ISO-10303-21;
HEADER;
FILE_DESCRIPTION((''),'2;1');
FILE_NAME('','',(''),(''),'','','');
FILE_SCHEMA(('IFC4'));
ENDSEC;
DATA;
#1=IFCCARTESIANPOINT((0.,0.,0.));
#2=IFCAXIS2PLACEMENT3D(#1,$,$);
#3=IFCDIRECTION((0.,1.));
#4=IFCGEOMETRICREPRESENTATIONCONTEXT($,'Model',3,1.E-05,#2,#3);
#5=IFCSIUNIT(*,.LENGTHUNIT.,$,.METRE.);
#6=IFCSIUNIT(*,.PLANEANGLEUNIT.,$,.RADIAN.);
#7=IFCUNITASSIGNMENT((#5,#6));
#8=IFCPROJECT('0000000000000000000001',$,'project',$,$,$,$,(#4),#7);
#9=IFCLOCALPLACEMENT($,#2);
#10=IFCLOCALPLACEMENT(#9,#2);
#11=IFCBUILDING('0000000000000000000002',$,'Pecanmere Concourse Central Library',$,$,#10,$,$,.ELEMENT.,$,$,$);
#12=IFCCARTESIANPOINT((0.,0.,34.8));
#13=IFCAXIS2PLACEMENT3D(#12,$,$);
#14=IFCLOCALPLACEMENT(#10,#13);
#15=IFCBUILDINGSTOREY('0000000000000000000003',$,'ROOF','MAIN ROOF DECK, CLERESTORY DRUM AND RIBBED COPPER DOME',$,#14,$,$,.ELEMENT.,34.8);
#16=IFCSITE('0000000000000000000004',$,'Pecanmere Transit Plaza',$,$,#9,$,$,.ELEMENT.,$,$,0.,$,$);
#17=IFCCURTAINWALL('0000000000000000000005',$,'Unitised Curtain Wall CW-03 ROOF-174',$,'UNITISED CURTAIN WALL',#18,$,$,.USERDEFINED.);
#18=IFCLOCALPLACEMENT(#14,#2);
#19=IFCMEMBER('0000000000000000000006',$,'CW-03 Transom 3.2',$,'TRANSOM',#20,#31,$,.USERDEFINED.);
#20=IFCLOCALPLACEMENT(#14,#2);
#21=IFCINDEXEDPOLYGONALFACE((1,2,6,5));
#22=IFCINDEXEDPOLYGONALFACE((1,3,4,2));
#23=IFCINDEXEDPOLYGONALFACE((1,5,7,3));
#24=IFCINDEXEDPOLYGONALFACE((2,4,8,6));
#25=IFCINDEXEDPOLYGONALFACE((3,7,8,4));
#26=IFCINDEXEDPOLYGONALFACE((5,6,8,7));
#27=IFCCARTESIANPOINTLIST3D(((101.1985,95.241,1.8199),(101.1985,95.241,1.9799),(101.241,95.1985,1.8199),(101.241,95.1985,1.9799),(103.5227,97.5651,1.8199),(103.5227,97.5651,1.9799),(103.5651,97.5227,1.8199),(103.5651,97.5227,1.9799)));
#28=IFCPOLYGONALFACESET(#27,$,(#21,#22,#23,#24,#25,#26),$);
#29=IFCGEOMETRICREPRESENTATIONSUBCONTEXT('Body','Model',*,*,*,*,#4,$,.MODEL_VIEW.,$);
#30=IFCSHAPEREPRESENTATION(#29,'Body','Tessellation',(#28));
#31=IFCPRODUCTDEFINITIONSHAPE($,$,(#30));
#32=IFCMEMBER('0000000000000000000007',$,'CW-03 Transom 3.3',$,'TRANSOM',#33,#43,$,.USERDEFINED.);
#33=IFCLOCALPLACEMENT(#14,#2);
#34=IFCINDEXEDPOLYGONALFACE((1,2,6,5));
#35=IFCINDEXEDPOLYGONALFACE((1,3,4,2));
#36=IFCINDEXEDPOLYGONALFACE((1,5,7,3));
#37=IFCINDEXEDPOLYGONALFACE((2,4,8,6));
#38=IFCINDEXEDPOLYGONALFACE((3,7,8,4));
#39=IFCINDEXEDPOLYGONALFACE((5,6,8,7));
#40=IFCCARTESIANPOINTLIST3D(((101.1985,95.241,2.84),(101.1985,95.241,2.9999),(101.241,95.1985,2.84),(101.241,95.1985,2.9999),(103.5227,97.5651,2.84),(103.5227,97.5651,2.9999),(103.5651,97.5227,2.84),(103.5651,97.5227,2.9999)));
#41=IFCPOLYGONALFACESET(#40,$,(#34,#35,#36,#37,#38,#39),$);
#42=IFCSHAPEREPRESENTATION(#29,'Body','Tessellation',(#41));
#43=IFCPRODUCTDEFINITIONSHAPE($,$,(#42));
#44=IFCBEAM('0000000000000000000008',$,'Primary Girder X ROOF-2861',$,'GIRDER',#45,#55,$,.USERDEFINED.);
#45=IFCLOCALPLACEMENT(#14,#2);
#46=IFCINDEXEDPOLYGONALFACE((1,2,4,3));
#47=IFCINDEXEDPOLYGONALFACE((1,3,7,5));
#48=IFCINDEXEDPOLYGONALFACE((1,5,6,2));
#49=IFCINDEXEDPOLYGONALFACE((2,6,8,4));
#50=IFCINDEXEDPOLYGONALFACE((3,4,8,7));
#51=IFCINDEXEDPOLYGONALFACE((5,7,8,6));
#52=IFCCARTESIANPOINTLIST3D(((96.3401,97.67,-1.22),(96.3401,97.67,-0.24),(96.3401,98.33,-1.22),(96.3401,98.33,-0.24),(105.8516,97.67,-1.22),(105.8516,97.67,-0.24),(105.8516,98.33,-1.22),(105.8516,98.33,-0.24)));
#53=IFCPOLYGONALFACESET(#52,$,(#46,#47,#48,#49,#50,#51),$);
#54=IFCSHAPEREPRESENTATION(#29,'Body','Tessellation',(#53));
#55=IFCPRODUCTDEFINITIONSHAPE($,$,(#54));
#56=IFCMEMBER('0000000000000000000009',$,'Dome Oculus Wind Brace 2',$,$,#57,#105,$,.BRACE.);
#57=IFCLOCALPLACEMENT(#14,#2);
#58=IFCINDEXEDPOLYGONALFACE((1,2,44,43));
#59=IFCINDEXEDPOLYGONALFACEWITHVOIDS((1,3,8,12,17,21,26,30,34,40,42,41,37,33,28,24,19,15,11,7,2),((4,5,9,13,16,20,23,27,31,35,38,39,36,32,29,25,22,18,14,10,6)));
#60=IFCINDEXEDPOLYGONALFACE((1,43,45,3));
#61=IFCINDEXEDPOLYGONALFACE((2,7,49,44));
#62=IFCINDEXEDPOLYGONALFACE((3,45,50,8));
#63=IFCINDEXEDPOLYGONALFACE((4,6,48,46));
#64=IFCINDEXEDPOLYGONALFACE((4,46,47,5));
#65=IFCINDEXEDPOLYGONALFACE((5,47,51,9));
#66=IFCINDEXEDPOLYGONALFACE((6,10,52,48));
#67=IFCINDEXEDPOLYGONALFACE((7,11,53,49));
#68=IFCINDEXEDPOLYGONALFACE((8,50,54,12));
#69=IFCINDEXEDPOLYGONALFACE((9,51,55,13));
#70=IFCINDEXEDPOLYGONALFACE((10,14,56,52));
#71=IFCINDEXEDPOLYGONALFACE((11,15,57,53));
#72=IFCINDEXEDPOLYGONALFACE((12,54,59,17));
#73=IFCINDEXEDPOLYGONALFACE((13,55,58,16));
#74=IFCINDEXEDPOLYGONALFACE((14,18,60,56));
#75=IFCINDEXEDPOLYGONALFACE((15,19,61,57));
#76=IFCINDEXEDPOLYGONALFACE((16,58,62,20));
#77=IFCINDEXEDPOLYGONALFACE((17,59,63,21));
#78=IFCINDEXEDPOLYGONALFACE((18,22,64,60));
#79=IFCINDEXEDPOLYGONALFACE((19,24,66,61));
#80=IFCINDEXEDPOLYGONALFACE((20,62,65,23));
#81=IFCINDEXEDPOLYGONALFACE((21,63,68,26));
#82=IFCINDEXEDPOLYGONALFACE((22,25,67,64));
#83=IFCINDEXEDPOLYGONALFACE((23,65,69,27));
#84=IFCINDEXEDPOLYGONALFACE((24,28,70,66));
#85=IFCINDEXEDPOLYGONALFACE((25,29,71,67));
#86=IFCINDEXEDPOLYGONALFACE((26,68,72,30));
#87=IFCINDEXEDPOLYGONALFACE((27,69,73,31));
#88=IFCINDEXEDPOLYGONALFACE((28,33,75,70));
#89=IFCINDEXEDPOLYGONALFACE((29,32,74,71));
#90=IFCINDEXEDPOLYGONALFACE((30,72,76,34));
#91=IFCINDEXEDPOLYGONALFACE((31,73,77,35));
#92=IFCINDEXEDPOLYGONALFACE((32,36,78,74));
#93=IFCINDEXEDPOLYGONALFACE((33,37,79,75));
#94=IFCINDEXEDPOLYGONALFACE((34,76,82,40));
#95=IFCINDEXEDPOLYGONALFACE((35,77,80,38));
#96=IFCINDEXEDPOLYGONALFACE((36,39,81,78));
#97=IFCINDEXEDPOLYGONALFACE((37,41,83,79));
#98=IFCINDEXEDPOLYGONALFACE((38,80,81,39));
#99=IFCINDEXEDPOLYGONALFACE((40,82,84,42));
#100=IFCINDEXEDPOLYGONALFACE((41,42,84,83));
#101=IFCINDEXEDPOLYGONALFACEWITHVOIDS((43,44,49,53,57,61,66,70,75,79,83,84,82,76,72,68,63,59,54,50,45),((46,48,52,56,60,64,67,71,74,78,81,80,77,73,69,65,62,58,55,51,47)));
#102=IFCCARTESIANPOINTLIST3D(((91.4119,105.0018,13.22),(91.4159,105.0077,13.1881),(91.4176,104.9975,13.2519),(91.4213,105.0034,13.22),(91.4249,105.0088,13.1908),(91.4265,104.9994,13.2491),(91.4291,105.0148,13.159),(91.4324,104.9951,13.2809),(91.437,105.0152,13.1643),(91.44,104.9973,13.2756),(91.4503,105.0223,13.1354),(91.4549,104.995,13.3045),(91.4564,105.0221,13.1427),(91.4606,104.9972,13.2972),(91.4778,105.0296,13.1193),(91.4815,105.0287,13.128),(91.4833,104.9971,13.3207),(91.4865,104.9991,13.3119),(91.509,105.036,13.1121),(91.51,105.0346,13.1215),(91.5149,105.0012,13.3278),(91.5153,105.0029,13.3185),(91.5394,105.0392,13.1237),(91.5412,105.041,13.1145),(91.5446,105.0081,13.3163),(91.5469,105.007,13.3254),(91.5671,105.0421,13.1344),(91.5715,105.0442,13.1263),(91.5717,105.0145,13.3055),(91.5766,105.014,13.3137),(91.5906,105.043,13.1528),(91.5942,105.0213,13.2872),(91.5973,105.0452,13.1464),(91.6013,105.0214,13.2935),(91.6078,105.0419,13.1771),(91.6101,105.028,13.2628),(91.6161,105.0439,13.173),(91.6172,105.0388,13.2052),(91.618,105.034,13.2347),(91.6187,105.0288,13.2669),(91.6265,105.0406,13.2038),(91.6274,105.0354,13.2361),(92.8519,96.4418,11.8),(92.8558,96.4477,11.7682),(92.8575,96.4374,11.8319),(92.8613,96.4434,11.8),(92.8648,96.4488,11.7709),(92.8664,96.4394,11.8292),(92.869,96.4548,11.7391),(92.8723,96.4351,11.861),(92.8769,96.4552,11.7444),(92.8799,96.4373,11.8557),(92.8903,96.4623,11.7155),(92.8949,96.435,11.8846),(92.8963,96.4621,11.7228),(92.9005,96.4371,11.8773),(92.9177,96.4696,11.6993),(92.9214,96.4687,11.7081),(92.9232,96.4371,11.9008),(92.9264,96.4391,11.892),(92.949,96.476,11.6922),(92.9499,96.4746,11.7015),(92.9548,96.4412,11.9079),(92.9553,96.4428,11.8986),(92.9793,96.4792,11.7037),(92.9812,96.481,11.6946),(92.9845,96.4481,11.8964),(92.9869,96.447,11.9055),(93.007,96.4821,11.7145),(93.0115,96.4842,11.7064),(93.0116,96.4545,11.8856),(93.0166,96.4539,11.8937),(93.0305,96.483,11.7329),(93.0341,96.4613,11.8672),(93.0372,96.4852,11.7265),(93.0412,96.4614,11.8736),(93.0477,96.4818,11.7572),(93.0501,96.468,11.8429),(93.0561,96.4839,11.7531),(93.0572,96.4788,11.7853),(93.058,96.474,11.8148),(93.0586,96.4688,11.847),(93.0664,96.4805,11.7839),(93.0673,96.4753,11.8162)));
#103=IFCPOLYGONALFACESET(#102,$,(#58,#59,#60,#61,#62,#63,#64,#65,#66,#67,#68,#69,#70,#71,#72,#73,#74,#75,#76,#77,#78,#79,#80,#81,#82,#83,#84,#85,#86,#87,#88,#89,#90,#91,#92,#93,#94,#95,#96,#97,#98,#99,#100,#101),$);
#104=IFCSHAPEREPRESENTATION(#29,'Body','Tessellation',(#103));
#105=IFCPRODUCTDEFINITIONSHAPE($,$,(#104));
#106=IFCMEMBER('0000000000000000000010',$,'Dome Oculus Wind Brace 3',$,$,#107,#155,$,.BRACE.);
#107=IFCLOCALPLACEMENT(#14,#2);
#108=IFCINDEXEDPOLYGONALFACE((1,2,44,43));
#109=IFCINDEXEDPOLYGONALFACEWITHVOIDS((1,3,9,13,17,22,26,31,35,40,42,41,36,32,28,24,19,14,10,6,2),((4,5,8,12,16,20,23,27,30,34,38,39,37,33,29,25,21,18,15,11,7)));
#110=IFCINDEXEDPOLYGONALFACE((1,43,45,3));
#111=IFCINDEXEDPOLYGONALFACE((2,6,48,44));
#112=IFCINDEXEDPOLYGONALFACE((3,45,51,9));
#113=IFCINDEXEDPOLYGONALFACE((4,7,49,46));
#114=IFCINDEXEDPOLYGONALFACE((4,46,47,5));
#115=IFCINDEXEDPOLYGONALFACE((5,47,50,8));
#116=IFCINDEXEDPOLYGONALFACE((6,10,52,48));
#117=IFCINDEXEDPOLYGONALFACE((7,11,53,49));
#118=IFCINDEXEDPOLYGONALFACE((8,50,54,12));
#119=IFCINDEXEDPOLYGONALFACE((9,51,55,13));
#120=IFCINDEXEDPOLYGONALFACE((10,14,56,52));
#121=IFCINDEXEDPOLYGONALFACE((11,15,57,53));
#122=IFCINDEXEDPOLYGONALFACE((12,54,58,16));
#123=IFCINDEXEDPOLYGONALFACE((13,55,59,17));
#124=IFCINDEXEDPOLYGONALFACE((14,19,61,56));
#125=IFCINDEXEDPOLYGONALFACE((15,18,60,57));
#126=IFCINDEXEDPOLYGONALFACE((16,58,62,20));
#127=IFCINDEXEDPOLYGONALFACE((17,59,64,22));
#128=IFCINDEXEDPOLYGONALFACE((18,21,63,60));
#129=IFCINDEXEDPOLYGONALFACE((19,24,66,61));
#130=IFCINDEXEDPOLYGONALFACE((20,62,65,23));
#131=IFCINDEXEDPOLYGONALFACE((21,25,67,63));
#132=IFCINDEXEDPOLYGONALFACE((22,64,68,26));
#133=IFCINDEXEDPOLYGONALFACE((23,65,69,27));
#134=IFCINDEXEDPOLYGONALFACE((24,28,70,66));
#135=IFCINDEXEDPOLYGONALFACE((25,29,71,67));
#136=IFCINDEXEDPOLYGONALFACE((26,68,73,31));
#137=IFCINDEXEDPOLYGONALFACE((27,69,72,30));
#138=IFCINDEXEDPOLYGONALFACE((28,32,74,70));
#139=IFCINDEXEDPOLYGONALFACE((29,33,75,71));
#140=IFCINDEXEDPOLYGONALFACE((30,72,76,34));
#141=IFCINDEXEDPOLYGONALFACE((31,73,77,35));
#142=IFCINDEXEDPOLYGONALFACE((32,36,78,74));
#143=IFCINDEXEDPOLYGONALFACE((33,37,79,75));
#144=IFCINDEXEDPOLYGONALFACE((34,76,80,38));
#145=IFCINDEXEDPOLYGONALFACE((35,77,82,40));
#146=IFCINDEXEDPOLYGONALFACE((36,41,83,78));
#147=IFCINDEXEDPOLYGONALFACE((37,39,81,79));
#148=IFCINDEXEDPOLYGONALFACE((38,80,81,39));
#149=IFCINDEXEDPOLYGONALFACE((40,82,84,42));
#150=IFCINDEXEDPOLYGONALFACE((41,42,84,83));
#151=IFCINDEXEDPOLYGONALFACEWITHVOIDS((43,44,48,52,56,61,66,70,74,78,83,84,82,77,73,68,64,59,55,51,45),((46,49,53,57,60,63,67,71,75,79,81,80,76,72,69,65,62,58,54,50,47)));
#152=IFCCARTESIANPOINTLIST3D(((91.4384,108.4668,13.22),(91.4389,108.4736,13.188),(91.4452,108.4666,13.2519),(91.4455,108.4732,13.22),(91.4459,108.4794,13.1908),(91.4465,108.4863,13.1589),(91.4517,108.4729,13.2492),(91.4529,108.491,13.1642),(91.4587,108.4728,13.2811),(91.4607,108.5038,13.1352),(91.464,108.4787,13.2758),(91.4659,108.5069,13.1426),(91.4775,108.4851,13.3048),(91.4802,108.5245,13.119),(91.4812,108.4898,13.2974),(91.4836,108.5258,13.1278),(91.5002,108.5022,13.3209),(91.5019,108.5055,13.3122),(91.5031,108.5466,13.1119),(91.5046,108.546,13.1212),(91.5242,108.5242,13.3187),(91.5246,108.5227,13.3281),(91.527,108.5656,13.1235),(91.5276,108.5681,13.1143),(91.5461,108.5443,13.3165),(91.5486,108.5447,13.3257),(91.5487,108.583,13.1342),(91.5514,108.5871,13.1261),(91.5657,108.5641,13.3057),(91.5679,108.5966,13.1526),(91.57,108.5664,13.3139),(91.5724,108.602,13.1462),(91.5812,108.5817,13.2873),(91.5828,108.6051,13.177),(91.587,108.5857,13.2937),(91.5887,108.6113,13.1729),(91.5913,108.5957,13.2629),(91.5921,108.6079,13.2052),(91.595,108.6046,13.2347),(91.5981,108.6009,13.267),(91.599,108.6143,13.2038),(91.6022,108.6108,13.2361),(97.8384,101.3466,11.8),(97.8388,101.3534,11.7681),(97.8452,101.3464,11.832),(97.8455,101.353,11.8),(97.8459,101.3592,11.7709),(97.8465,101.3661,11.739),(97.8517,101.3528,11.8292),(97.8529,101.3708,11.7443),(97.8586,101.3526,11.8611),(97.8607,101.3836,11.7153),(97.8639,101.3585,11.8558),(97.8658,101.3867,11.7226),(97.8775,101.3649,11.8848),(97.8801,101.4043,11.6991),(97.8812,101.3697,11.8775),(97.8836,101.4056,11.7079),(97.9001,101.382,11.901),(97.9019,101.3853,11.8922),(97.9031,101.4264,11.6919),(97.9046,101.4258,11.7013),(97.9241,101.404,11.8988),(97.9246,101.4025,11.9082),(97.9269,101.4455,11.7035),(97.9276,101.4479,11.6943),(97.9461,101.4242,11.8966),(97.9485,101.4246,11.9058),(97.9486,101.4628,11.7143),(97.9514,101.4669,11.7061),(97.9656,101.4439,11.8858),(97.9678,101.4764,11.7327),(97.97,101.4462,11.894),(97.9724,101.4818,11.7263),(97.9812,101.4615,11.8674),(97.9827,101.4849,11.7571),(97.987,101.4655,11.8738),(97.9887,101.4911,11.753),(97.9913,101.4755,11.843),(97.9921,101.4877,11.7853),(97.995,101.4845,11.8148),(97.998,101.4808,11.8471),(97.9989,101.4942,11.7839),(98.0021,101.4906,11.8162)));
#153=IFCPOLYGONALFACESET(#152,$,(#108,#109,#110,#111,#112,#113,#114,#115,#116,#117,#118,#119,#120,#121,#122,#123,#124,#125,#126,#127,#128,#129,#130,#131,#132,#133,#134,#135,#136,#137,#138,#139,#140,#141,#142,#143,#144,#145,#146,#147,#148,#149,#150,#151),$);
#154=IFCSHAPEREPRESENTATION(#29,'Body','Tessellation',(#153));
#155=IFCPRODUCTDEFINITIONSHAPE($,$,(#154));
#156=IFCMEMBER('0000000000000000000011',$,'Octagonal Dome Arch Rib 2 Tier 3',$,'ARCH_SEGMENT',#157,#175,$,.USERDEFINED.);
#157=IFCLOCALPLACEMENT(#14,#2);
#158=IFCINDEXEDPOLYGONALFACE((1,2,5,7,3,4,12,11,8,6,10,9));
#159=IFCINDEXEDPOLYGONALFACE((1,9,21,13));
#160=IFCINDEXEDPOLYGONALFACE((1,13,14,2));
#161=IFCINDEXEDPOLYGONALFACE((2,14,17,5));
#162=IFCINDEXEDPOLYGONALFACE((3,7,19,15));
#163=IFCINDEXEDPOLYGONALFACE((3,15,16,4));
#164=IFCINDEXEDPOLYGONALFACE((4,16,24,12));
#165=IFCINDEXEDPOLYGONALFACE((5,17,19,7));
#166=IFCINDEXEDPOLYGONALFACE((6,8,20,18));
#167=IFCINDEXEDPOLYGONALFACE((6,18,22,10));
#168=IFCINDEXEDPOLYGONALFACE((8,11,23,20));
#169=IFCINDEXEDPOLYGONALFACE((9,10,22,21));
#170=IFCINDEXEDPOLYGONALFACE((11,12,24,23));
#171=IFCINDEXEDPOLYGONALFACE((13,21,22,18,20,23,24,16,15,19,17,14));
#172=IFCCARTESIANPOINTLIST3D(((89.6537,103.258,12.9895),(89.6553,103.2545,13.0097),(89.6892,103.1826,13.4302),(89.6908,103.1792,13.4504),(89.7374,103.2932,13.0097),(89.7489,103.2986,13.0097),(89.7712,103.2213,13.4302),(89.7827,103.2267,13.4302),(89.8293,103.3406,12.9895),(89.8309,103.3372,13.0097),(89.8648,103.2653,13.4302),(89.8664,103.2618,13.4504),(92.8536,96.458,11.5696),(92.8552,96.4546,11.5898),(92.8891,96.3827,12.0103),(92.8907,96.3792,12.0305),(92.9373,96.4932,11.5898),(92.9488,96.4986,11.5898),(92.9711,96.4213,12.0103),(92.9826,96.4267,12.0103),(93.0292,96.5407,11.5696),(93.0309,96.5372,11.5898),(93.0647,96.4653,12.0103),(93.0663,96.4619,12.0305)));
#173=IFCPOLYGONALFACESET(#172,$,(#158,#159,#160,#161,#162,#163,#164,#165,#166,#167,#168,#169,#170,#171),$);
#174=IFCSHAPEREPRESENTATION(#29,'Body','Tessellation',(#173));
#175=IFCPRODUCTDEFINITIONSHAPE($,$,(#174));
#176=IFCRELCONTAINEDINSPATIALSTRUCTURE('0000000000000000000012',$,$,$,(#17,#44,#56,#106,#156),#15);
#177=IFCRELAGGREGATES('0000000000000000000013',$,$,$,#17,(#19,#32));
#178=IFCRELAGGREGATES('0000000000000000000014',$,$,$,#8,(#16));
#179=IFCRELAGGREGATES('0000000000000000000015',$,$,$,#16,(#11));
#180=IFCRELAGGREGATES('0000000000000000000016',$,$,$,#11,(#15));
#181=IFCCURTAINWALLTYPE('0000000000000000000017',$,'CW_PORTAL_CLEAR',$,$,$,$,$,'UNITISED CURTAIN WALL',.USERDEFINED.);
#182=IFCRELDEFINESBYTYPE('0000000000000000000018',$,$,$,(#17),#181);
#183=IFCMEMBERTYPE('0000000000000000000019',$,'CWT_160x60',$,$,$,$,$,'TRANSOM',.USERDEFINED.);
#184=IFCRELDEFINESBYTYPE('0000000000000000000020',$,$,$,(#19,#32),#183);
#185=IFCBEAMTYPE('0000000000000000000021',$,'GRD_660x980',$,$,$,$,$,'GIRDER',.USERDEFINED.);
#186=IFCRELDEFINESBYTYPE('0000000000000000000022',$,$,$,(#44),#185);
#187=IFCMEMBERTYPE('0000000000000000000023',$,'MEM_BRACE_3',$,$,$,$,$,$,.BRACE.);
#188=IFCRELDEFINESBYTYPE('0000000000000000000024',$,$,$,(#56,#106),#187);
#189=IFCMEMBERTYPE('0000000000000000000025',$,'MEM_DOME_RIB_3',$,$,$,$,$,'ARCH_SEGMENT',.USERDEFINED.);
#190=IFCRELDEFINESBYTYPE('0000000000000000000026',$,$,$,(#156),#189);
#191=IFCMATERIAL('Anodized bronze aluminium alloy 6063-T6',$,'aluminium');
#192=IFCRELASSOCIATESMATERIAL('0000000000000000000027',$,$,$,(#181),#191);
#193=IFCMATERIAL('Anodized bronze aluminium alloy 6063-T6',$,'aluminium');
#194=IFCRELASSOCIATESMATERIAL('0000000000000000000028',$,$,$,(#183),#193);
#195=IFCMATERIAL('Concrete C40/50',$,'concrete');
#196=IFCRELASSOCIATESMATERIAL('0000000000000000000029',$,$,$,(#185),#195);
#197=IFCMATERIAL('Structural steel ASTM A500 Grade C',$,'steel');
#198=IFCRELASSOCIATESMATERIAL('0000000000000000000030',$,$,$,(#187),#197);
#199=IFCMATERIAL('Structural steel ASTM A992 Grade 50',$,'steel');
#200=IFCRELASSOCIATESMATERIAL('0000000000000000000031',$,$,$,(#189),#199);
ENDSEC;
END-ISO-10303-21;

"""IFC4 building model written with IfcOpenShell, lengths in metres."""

from ifc_helpers import new_model, si_unit, direction, frame, origin, origin_2d, place, context, subcontext, project, spatial, rectangle, hollow_circle, i_section, extrude, material, material_profile, profile_set, type_object, element, aggregate, save


model = new_model("IFC4")

# Units and contexts
model_context = context("Model", 3, precision=1e-05, world=origin(), true_north=direction((0.0, 1.0)))
body_context = subcontext(model_context, "Body", "Model", "MODEL_VIEW")
ifc_project = project(units=[si_unit("LENGTHUNIT", "METRE"), si_unit("PLANEANGLEUNIT", "RADIAN")], contexts=[model_context])

# Site, building, storey
site_placement = place(None, origin())
site = spatial("IfcSite", under=ifc_project, at=site_placement, Name="Pecanmere Transit Plaza", CompositionType="ELEMENT", RefElevation=0.0)
building_placement = place(site_placement, origin())
building = spatial("IfcBuilding", under=site, at=building_placement, Name="Pecanmere Concourse Central Library", CompositionType="ELEMENT")
storey_placement = place(building_placement, frame((0.0, 0.0, 34.8)))
storey = spatial("IfcBuildingStorey", under=building, at=storey_placement, Name="ROOF", Description="MAIN ROOF DECK, CLERESTORY DRUM AND RIBBED COPPER DOME", CompositionType="ELEMENT", Elevation=34.8)

# Curtain wall, members
ifc_material_1 = material(Name="Anodized bronze aluminium alloy 6063-T6", Category="aluminium")
curtain_wall_type = type_object("IfcCurtainWallType", Name="CW_PORTAL_CLEAR", ElementType="UNITISED CURTAIN WALL", PredefinedType="USERDEFINED", material=ifc_material_1)
curtain_wall_placement = place(storey_placement, origin())
curtain_wall = element("IfcCurtainWall", 1, at=curtain_wall_placement, inside=storey, type_object=curtain_wall_type, Name="Unitised Curtain Wall CW-03 ROOF-174", ObjectType="UNITISED CURTAIN WALL", PredefinedType="USERDEFINED")
ifc_material_2 = material(Name="Anodized bronze aluminium alloy 6063-T6", Category="aluminium")
ifc_material_profile_1 = material_profile(ifc_material_2, rectangle(XDim=0.0601, YDim=0.1599, at=origin_2d()), Name="AL 60x160")
ifc_profile_set_1 = profile_set([ifc_material_profile_1], Name="Anodized bronze aluminium alloy 6063-T6")
member_type_1 = type_object("IfcMemberType", Name="CWT_160x60", ElementType="TRANSOM", PredefinedType="USERDEFINED", material=ifc_profile_set_1)
member_1_placement = place(storey_placement, frame((101.2197, 95.2197, 1.8999), z_axis=(0.707107, 0.707107, 0.0), x_axis=(-0.707107, 0.707107, 0.0)))
member_1 = element("IfcMember", 2, at=member_1_placement, type_object=member_type_1, Name="CW-03 Transom 3.2", ObjectType="TRANSOM", PredefinedType="USERDEFINED", context=body_context, shape_type="SweptSolid", body=[
    extrude(rectangle(XDim=0.0601, YDim=0.1599, at=origin_2d()), origin(), (0.0, 0.0, 1.0), 3.2869),
])
member_2_placement = place(storey_placement, frame((101.2197, 95.2197, 2.9199), z_axis=(0.707107, 0.707107, 0.0), x_axis=(-0.707107, 0.707107, 0.0)))
member_2 = element("IfcMember", 3, at=member_2_placement, type_object=member_type_1, Name="CW-03 Transom 3.3", ObjectType="TRANSOM", PredefinedType="USERDEFINED", context=body_context, shape_type="SweptSolid", body=[
    extrude(rectangle(XDim=0.0601, YDim=0.1599, at=origin_2d()), origin(), (0.0, 0.0, 1.0), 3.2869),
])

# Beam
ifc_material_3 = material(Name="Concrete C40/50", Category="concrete")
ifc_material_profile_2 = material_profile(ifc_material_3, rectangle(XDim=0.6599, YDim=0.98, at=origin_2d()), Name="RC 660x980")
ifc_profile_set_2 = profile_set([ifc_material_profile_2], Name="Concrete C40/50")
beam_type_1 = type_object("IfcBeamType", Name="GRD_660x980", ElementType="GIRDER", PredefinedType="USERDEFINED", material=ifc_profile_set_2)
beam_1_placement = place(storey_placement, frame((96.3401, 98.0, -0.73), z_axis=(1.0, 0.0, 0.0), x_axis=(0.0, 1.0, 0.0)))
element("IfcBeam", 4, at=beam_1_placement, inside=storey, type_object=beam_type_1, Name="Primary Girder X ROOF-2861", ObjectType="GIRDER", PredefinedType="USERDEFINED", context=body_context, shape_type="SweptSolid", body=[
    extrude(rectangle(XDim=0.6599, YDim=0.98, at=origin_2d()), origin(), (0.0, 0.0, 1.0), 9.5115),
])

# Members
ifc_material_4 = material(Name="Structural steel ASTM A500 Grade C", Category="steel")
ifc_material_profile_3 = material_profile(ifc_material_4, hollow_circle(Radius=0.1096, WallThickness=0.0095, at=origin_2d()), Name="HSS219.1x9.5")
ifc_profile_set_3 = profile_set([ifc_material_profile_3], Name="Structural steel ASTM A500 Grade C")
member_type_2 = type_object("IfcMemberType", Name="MEM_BRACE_3", PredefinedType="BRACE", material=ifc_profile_set_3)
member_3_placement = place(storey_placement, frame((92.96, 96.46, 11.8), z_axis=(-0.16371, 0.97321, 0.161434), x_axis=(-0.986145, -0.165886, 0.0)))
element("IfcMember", 5, at=member_3_placement, inside=storey, type_object=member_type_2, Name="Dome Oculus Wind Brace 2", PredefinedType="BRACE", context=body_context, shape_type="SweptSolid", body=[
    extrude(hollow_circle(Radius=0.1096, WallThickness=0.0095, at=origin_2d()), origin(), (0.0, 0.0, 1.0), 8.7957),
])
member_4_placement = place(storey_placement, frame((97.9199, 101.4199, 11.8), z_axis=(-0.661258, 0.735673, 0.146711), x_axis=(-0.74372, -0.668491, 0.0)))
element("IfcMember", 6, at=member_4_placement, inside=storey, type_object=member_type_2, Name="Dome Oculus Wind Brace 3", PredefinedType="BRACE", context=body_context, shape_type="SweptSolid", body=[
    extrude(hollow_circle(Radius=0.1096, WallThickness=0.0095, at=origin_2d()), origin(), (0.0, 0.0, 1.0), 9.6785),
])
ifc_material_5 = material(Name="Structural steel ASTM A992 Grade 50", Category="steel")
ifc_material_profile_4 = material_profile(ifc_material_5, i_section(OverallWidth=0.1941, OverallDepth=0.469, WebThickness=0.0127, FlangeThickness=0.0205, at=origin_2d()), Name="W460x106")
ifc_profile_set_4 = profile_set([ifc_material_profile_4], Name="Structural steel ASTM A992 Grade 50")
member_type_3 = type_object("IfcMemberType", Name="MEM_DOME_RIB_3", ElementType="ARCH_SEGMENT", PredefinedType="USERDEFINED", material=ifc_profile_set_4)
member_5_placement = place(storey_placement, frame((92.96, 96.46, 11.8), z_axis=(-0.418387, 0.889093, 0.185652), x_axis=(-0.904822, -0.425789, 0.0)))
element("IfcMember", 7, at=member_5_placement, inside=storey, type_object=member_type_3, Name="Octagonal Dome Arch Rib 2 Tier 3", ObjectType="ARCH_SEGMENT", PredefinedType="USERDEFINED", context=body_context, shape_type="SweptSolid", body=[
    extrude(i_section(OverallWidth=0.1941, OverallDepth=0.469, WebThickness=0.0127, FlangeThickness=0.0205, at=origin_2d()), origin(), (0.0, 0.0, 1.0), 7.6482),
])

aggregate(curtain_wall, [member_1, member_2])

save(model, "model.ifc")
